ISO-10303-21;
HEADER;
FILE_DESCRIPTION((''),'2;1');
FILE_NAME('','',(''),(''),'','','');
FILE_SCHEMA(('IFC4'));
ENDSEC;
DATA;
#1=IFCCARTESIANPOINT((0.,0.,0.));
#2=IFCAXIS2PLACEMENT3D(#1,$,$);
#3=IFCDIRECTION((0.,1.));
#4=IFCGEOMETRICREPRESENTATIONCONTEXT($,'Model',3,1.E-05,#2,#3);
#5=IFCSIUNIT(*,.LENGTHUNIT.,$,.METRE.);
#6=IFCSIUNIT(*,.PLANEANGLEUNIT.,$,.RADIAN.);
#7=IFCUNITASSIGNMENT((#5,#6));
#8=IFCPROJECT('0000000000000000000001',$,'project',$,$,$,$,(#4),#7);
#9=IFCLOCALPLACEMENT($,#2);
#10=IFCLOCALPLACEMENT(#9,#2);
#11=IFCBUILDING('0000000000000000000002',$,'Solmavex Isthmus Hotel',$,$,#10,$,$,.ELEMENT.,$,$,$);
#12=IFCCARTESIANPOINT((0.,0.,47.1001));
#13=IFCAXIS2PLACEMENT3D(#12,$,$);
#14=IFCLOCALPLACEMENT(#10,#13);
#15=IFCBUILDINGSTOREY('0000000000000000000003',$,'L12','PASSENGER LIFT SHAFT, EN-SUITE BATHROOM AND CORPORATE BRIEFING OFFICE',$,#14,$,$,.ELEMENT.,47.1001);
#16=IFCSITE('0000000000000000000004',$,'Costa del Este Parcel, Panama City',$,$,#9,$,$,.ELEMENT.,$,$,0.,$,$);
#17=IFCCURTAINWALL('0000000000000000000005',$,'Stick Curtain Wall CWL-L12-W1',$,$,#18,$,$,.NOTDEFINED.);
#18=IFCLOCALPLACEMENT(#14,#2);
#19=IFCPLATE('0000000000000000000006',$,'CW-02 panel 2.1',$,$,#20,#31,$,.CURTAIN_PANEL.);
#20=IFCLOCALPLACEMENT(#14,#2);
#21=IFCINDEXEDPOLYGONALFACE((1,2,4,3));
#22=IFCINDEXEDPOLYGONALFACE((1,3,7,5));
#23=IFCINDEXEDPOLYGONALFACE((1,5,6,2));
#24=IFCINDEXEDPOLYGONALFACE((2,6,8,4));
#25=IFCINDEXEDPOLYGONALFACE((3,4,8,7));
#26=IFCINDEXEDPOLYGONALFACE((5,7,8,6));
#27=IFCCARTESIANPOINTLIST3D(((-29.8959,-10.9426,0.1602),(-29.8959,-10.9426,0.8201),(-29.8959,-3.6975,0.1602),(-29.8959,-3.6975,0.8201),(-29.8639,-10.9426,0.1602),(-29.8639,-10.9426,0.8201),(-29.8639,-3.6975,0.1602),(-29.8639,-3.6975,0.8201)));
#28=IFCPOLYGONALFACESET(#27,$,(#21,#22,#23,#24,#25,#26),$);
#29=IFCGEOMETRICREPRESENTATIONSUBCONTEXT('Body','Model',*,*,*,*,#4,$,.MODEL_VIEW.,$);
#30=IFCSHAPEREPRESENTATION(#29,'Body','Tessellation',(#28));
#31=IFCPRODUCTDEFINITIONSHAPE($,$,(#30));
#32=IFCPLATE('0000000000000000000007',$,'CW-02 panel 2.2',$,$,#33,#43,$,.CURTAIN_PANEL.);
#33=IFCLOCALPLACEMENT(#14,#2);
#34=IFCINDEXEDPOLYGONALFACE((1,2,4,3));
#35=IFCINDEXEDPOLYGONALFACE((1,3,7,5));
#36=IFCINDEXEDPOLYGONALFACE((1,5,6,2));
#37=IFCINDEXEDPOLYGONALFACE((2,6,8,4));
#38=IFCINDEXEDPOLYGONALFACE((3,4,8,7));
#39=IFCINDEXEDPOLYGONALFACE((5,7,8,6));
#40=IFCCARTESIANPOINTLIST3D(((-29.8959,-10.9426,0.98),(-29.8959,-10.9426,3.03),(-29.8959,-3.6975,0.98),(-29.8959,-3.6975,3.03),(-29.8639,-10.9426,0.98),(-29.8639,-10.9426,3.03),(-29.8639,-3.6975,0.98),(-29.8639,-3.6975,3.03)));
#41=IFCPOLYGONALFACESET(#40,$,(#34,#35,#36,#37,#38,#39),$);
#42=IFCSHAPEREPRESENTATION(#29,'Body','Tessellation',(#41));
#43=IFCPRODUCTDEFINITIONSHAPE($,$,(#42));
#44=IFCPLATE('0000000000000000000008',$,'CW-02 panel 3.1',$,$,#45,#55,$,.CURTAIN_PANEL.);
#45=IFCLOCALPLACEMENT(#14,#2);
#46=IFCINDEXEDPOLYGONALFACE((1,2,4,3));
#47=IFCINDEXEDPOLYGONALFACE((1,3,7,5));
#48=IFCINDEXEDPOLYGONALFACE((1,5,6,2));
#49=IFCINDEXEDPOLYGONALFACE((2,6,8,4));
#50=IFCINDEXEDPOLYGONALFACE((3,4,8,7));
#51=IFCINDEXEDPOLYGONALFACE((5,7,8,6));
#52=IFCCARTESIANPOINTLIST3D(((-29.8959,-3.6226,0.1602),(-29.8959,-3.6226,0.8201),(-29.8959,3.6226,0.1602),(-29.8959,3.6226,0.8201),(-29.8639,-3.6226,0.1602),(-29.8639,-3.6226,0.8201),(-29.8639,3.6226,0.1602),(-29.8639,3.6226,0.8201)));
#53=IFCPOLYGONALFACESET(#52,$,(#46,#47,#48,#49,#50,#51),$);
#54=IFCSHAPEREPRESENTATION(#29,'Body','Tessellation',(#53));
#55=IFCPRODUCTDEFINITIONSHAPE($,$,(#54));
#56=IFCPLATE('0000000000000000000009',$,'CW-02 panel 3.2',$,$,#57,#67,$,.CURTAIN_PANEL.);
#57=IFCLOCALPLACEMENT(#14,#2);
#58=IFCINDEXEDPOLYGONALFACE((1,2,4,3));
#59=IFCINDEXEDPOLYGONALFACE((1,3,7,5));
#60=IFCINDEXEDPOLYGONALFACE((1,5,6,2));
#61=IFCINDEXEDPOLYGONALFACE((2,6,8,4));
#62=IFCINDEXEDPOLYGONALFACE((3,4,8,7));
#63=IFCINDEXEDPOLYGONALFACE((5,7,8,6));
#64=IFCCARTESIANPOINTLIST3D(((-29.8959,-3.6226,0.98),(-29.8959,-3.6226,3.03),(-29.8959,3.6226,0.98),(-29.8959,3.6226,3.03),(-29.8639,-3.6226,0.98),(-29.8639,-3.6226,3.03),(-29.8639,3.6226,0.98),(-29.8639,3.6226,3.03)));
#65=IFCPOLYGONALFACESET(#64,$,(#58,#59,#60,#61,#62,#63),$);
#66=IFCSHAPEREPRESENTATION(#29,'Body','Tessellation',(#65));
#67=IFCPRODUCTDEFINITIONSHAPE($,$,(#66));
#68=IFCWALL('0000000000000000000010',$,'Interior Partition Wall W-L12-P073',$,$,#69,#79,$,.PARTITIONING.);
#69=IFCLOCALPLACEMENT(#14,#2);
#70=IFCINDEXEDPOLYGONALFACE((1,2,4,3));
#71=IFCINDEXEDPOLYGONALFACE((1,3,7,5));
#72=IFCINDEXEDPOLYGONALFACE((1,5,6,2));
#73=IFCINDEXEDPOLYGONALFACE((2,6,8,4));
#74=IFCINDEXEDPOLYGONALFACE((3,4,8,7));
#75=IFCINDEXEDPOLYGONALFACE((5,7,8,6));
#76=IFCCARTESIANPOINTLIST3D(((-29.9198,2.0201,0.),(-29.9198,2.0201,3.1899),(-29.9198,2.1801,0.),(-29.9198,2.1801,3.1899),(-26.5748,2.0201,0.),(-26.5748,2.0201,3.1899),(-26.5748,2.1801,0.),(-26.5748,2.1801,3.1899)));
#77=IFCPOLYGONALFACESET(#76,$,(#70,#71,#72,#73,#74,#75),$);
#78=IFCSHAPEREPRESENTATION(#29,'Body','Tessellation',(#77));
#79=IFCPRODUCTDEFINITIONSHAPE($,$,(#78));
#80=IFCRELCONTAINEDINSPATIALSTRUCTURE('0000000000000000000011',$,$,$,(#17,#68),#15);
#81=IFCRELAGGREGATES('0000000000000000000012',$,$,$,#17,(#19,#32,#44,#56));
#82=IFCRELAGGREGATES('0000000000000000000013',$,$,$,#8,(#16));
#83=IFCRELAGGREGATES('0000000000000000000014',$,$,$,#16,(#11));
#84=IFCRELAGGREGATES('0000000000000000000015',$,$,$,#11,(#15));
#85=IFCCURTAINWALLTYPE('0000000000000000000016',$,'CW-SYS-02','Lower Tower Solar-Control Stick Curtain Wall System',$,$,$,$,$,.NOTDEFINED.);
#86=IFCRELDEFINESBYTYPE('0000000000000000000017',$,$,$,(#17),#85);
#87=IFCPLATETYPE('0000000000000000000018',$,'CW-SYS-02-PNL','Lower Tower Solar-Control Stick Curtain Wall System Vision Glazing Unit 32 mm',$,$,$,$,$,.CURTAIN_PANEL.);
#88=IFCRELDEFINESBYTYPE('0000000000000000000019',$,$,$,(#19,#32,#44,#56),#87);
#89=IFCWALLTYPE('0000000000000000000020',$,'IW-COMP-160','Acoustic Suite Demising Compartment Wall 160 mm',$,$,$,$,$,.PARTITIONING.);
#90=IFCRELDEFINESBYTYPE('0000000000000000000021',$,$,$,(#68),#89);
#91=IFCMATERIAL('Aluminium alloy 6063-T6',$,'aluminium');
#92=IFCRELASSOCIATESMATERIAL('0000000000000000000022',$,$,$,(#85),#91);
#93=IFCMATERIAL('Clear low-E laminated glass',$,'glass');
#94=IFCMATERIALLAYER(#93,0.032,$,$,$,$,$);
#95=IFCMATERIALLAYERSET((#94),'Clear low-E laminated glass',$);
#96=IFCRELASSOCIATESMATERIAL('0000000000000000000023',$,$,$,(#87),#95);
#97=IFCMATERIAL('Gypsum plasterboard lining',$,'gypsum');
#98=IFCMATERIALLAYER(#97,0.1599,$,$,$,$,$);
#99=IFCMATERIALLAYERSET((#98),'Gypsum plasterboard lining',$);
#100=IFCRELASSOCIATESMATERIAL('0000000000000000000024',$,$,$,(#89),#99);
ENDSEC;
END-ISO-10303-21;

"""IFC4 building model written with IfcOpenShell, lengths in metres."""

from ifc_helpers import new_model, si_unit, direction, frame, frame_2d, origin, origin_2d, place, context, subcontext, project, spatial, rectangle, extrude, material, layer, layer_set, type_object, element, aggregate, save


model = new_model("IFC4")

# Units and contexts
model_context = context("Model", 3, precision=1e-05, world=origin(), true_north=direction((0.0, 1.0)))
body_context = subcontext(model_context, "Body", "Model", "MODEL_VIEW")
ifc_project = project(units=[si_unit("LENGTHUNIT", "METRE"), si_unit("PLANEANGLEUNIT", "RADIAN")], contexts=[model_context])

# Site, building, storey
site_placement = place(None, origin())
site = spatial("IfcSite", under=ifc_project, at=site_placement, Name="Costa del Este Parcel, Panama City", CompositionType="ELEMENT", RefElevation=0.0)
building_placement = place(site_placement, origin())
building = spatial("IfcBuilding", under=site, at=building_placement, Name="Solmavex Isthmus Hotel", CompositionType="ELEMENT")
storey_placement = place(building_placement, frame((0.0, 0.0, 47.1001)))
storey = spatial("IfcBuildingStorey", under=building, at=storey_placement, Name="L12", Description="PASSENGER LIFT SHAFT, EN-SUITE BATHROOM AND CORPORATE BRIEFING OFFICE", CompositionType="ELEMENT", Elevation=47.1001)

# Curtain wall, plates
ifc_material_1 = material(Name="Aluminium alloy 6063-T6", Category="aluminium")
curtain_wall_type = type_object("IfcCurtainWallType", Name="CW-SYS-02", Description="Lower Tower Solar-Control Stick Curtain Wall System", PredefinedType="NOTDEFINED", material=ifc_material_1)
curtain_wall_placement = place(storey_placement, origin())
curtain_wall = element("IfcCurtainWall", 1, at=curtain_wall_placement, inside=storey, type_object=curtain_wall_type, Name="Stick Curtain Wall CWL-L12-W1", PredefinedType="NOTDEFINED")
ifc_material_2 = material(Name="Clear low-E laminated glass", Category="glass")
ifc_layer_1 = layer(ifc_material_2, 0.032)
ifc_layer_set_1 = layer_set([ifc_layer_1], Name="Clear low-E laminated glass")
plate_type = type_object("IfcPlateType", Name="CW-SYS-02-PNL", Description="Lower Tower Solar-Control Stick Curtain Wall System Vision Glazing Unit 32 mm", PredefinedType="CURTAIN_PANEL", material=ifc_layer_set_1)
plate_1_placement = place(storey_placement, frame((-29.8799, -7.3201, 0.1602), z_axis=(0.0, 0.0, 1.0), x_axis=(0.0, 1.0, 0.0)))
plate_1 = element("IfcPlate", 2, at=plate_1_placement, type_object=plate_type, Name="CW-02 panel 2.1", PredefinedType="CURTAIN_PANEL", context=body_context, shape_type="SweptSolid", body=[
    extrude(rectangle(XDim=7.2451, YDim=0.032, at=origin_2d()), origin(), (0.0, 0.0, 1.0), 0.6599),
])
plate_2_placement = place(storey_placement, frame((-29.8799, -7.3201, 0.98), z_axis=(0.0, 0.0, 1.0), x_axis=(0.0, 1.0, 0.0)))
plate_2 = element("IfcPlate", 3, at=plate_2_placement, type_object=plate_type, Name="CW-02 panel 2.2", PredefinedType="CURTAIN_PANEL", context=body_context, shape_type="SweptSolid", body=[
    extrude(rectangle(XDim=7.2451, YDim=0.032, at=origin_2d()), origin(), (0.0, 0.0, 1.0), 2.05),
])
plate_3_placement = place(storey_placement, frame((-29.8799, 0.0, 0.1602), z_axis=(0.0, 0.0, 1.0), x_axis=(0.0, 1.0, 0.0)))
plate_3 = element("IfcPlate", 4, at=plate_3_placement, type_object=plate_type, Name="CW-02 panel 3.1", PredefinedType="CURTAIN_PANEL", context=body_context, shape_type="SweptSolid", body=[
    extrude(rectangle(XDim=7.2451, YDim=0.032, at=origin_2d()), origin(), (0.0, 0.0, 1.0), 0.6599),
])
plate_4_placement = place(storey_placement, frame((-29.8799, 0.0, 0.98), z_axis=(0.0, 0.0, 1.0), x_axis=(0.0, 1.0, 0.0)))
plate_4 = element("IfcPlate", 5, at=plate_4_placement, type_object=plate_type, Name="CW-02 panel 3.2", PredefinedType="CURTAIN_PANEL", context=body_context, shape_type="SweptSolid", body=[
    extrude(rectangle(XDim=7.2451, YDim=0.032, at=origin_2d()), origin(), (0.0, 0.0, 1.0), 2.05),
])
aggregate(curtain_wall, [plate_1, plate_2, plate_3, plate_4])

# Wall
ifc_material_3 = material(Name="Gypsum plasterboard lining", Category="gypsum")
ifc_layer_2 = layer(ifc_material_3, 0.1599)
ifc_layer_set_2 = layer_set([ifc_layer_2], Name="Gypsum plasterboard lining")
wall_type = type_object("IfcWallType", Name="IW-COMP-160", Description="Acoustic Suite Demising Compartment Wall 160 mm", PredefinedType="PARTITIONING", material=ifc_layer_set_2)
wall_placement = place(storey_placement, frame((-26.575, 2.1001, 0.0), z_axis=(0.0, 0.0, 1.0), x_axis=(-1.0, 0.0, 0.0)))
element("IfcWall", 6, at=wall_placement, inside=storey, type_object=wall_type, Name="Interior Partition Wall W-L12-P073", PredefinedType="PARTITIONING", context=body_context, shape_type="SweptSolid", body=[
    extrude(rectangle(XDim=3.345, YDim=0.1599, at=frame_2d((1.6724, 0.0))), origin(), (0.0, 0.0, 1.0), 3.1899),
])

save(model, "model.ifc")
